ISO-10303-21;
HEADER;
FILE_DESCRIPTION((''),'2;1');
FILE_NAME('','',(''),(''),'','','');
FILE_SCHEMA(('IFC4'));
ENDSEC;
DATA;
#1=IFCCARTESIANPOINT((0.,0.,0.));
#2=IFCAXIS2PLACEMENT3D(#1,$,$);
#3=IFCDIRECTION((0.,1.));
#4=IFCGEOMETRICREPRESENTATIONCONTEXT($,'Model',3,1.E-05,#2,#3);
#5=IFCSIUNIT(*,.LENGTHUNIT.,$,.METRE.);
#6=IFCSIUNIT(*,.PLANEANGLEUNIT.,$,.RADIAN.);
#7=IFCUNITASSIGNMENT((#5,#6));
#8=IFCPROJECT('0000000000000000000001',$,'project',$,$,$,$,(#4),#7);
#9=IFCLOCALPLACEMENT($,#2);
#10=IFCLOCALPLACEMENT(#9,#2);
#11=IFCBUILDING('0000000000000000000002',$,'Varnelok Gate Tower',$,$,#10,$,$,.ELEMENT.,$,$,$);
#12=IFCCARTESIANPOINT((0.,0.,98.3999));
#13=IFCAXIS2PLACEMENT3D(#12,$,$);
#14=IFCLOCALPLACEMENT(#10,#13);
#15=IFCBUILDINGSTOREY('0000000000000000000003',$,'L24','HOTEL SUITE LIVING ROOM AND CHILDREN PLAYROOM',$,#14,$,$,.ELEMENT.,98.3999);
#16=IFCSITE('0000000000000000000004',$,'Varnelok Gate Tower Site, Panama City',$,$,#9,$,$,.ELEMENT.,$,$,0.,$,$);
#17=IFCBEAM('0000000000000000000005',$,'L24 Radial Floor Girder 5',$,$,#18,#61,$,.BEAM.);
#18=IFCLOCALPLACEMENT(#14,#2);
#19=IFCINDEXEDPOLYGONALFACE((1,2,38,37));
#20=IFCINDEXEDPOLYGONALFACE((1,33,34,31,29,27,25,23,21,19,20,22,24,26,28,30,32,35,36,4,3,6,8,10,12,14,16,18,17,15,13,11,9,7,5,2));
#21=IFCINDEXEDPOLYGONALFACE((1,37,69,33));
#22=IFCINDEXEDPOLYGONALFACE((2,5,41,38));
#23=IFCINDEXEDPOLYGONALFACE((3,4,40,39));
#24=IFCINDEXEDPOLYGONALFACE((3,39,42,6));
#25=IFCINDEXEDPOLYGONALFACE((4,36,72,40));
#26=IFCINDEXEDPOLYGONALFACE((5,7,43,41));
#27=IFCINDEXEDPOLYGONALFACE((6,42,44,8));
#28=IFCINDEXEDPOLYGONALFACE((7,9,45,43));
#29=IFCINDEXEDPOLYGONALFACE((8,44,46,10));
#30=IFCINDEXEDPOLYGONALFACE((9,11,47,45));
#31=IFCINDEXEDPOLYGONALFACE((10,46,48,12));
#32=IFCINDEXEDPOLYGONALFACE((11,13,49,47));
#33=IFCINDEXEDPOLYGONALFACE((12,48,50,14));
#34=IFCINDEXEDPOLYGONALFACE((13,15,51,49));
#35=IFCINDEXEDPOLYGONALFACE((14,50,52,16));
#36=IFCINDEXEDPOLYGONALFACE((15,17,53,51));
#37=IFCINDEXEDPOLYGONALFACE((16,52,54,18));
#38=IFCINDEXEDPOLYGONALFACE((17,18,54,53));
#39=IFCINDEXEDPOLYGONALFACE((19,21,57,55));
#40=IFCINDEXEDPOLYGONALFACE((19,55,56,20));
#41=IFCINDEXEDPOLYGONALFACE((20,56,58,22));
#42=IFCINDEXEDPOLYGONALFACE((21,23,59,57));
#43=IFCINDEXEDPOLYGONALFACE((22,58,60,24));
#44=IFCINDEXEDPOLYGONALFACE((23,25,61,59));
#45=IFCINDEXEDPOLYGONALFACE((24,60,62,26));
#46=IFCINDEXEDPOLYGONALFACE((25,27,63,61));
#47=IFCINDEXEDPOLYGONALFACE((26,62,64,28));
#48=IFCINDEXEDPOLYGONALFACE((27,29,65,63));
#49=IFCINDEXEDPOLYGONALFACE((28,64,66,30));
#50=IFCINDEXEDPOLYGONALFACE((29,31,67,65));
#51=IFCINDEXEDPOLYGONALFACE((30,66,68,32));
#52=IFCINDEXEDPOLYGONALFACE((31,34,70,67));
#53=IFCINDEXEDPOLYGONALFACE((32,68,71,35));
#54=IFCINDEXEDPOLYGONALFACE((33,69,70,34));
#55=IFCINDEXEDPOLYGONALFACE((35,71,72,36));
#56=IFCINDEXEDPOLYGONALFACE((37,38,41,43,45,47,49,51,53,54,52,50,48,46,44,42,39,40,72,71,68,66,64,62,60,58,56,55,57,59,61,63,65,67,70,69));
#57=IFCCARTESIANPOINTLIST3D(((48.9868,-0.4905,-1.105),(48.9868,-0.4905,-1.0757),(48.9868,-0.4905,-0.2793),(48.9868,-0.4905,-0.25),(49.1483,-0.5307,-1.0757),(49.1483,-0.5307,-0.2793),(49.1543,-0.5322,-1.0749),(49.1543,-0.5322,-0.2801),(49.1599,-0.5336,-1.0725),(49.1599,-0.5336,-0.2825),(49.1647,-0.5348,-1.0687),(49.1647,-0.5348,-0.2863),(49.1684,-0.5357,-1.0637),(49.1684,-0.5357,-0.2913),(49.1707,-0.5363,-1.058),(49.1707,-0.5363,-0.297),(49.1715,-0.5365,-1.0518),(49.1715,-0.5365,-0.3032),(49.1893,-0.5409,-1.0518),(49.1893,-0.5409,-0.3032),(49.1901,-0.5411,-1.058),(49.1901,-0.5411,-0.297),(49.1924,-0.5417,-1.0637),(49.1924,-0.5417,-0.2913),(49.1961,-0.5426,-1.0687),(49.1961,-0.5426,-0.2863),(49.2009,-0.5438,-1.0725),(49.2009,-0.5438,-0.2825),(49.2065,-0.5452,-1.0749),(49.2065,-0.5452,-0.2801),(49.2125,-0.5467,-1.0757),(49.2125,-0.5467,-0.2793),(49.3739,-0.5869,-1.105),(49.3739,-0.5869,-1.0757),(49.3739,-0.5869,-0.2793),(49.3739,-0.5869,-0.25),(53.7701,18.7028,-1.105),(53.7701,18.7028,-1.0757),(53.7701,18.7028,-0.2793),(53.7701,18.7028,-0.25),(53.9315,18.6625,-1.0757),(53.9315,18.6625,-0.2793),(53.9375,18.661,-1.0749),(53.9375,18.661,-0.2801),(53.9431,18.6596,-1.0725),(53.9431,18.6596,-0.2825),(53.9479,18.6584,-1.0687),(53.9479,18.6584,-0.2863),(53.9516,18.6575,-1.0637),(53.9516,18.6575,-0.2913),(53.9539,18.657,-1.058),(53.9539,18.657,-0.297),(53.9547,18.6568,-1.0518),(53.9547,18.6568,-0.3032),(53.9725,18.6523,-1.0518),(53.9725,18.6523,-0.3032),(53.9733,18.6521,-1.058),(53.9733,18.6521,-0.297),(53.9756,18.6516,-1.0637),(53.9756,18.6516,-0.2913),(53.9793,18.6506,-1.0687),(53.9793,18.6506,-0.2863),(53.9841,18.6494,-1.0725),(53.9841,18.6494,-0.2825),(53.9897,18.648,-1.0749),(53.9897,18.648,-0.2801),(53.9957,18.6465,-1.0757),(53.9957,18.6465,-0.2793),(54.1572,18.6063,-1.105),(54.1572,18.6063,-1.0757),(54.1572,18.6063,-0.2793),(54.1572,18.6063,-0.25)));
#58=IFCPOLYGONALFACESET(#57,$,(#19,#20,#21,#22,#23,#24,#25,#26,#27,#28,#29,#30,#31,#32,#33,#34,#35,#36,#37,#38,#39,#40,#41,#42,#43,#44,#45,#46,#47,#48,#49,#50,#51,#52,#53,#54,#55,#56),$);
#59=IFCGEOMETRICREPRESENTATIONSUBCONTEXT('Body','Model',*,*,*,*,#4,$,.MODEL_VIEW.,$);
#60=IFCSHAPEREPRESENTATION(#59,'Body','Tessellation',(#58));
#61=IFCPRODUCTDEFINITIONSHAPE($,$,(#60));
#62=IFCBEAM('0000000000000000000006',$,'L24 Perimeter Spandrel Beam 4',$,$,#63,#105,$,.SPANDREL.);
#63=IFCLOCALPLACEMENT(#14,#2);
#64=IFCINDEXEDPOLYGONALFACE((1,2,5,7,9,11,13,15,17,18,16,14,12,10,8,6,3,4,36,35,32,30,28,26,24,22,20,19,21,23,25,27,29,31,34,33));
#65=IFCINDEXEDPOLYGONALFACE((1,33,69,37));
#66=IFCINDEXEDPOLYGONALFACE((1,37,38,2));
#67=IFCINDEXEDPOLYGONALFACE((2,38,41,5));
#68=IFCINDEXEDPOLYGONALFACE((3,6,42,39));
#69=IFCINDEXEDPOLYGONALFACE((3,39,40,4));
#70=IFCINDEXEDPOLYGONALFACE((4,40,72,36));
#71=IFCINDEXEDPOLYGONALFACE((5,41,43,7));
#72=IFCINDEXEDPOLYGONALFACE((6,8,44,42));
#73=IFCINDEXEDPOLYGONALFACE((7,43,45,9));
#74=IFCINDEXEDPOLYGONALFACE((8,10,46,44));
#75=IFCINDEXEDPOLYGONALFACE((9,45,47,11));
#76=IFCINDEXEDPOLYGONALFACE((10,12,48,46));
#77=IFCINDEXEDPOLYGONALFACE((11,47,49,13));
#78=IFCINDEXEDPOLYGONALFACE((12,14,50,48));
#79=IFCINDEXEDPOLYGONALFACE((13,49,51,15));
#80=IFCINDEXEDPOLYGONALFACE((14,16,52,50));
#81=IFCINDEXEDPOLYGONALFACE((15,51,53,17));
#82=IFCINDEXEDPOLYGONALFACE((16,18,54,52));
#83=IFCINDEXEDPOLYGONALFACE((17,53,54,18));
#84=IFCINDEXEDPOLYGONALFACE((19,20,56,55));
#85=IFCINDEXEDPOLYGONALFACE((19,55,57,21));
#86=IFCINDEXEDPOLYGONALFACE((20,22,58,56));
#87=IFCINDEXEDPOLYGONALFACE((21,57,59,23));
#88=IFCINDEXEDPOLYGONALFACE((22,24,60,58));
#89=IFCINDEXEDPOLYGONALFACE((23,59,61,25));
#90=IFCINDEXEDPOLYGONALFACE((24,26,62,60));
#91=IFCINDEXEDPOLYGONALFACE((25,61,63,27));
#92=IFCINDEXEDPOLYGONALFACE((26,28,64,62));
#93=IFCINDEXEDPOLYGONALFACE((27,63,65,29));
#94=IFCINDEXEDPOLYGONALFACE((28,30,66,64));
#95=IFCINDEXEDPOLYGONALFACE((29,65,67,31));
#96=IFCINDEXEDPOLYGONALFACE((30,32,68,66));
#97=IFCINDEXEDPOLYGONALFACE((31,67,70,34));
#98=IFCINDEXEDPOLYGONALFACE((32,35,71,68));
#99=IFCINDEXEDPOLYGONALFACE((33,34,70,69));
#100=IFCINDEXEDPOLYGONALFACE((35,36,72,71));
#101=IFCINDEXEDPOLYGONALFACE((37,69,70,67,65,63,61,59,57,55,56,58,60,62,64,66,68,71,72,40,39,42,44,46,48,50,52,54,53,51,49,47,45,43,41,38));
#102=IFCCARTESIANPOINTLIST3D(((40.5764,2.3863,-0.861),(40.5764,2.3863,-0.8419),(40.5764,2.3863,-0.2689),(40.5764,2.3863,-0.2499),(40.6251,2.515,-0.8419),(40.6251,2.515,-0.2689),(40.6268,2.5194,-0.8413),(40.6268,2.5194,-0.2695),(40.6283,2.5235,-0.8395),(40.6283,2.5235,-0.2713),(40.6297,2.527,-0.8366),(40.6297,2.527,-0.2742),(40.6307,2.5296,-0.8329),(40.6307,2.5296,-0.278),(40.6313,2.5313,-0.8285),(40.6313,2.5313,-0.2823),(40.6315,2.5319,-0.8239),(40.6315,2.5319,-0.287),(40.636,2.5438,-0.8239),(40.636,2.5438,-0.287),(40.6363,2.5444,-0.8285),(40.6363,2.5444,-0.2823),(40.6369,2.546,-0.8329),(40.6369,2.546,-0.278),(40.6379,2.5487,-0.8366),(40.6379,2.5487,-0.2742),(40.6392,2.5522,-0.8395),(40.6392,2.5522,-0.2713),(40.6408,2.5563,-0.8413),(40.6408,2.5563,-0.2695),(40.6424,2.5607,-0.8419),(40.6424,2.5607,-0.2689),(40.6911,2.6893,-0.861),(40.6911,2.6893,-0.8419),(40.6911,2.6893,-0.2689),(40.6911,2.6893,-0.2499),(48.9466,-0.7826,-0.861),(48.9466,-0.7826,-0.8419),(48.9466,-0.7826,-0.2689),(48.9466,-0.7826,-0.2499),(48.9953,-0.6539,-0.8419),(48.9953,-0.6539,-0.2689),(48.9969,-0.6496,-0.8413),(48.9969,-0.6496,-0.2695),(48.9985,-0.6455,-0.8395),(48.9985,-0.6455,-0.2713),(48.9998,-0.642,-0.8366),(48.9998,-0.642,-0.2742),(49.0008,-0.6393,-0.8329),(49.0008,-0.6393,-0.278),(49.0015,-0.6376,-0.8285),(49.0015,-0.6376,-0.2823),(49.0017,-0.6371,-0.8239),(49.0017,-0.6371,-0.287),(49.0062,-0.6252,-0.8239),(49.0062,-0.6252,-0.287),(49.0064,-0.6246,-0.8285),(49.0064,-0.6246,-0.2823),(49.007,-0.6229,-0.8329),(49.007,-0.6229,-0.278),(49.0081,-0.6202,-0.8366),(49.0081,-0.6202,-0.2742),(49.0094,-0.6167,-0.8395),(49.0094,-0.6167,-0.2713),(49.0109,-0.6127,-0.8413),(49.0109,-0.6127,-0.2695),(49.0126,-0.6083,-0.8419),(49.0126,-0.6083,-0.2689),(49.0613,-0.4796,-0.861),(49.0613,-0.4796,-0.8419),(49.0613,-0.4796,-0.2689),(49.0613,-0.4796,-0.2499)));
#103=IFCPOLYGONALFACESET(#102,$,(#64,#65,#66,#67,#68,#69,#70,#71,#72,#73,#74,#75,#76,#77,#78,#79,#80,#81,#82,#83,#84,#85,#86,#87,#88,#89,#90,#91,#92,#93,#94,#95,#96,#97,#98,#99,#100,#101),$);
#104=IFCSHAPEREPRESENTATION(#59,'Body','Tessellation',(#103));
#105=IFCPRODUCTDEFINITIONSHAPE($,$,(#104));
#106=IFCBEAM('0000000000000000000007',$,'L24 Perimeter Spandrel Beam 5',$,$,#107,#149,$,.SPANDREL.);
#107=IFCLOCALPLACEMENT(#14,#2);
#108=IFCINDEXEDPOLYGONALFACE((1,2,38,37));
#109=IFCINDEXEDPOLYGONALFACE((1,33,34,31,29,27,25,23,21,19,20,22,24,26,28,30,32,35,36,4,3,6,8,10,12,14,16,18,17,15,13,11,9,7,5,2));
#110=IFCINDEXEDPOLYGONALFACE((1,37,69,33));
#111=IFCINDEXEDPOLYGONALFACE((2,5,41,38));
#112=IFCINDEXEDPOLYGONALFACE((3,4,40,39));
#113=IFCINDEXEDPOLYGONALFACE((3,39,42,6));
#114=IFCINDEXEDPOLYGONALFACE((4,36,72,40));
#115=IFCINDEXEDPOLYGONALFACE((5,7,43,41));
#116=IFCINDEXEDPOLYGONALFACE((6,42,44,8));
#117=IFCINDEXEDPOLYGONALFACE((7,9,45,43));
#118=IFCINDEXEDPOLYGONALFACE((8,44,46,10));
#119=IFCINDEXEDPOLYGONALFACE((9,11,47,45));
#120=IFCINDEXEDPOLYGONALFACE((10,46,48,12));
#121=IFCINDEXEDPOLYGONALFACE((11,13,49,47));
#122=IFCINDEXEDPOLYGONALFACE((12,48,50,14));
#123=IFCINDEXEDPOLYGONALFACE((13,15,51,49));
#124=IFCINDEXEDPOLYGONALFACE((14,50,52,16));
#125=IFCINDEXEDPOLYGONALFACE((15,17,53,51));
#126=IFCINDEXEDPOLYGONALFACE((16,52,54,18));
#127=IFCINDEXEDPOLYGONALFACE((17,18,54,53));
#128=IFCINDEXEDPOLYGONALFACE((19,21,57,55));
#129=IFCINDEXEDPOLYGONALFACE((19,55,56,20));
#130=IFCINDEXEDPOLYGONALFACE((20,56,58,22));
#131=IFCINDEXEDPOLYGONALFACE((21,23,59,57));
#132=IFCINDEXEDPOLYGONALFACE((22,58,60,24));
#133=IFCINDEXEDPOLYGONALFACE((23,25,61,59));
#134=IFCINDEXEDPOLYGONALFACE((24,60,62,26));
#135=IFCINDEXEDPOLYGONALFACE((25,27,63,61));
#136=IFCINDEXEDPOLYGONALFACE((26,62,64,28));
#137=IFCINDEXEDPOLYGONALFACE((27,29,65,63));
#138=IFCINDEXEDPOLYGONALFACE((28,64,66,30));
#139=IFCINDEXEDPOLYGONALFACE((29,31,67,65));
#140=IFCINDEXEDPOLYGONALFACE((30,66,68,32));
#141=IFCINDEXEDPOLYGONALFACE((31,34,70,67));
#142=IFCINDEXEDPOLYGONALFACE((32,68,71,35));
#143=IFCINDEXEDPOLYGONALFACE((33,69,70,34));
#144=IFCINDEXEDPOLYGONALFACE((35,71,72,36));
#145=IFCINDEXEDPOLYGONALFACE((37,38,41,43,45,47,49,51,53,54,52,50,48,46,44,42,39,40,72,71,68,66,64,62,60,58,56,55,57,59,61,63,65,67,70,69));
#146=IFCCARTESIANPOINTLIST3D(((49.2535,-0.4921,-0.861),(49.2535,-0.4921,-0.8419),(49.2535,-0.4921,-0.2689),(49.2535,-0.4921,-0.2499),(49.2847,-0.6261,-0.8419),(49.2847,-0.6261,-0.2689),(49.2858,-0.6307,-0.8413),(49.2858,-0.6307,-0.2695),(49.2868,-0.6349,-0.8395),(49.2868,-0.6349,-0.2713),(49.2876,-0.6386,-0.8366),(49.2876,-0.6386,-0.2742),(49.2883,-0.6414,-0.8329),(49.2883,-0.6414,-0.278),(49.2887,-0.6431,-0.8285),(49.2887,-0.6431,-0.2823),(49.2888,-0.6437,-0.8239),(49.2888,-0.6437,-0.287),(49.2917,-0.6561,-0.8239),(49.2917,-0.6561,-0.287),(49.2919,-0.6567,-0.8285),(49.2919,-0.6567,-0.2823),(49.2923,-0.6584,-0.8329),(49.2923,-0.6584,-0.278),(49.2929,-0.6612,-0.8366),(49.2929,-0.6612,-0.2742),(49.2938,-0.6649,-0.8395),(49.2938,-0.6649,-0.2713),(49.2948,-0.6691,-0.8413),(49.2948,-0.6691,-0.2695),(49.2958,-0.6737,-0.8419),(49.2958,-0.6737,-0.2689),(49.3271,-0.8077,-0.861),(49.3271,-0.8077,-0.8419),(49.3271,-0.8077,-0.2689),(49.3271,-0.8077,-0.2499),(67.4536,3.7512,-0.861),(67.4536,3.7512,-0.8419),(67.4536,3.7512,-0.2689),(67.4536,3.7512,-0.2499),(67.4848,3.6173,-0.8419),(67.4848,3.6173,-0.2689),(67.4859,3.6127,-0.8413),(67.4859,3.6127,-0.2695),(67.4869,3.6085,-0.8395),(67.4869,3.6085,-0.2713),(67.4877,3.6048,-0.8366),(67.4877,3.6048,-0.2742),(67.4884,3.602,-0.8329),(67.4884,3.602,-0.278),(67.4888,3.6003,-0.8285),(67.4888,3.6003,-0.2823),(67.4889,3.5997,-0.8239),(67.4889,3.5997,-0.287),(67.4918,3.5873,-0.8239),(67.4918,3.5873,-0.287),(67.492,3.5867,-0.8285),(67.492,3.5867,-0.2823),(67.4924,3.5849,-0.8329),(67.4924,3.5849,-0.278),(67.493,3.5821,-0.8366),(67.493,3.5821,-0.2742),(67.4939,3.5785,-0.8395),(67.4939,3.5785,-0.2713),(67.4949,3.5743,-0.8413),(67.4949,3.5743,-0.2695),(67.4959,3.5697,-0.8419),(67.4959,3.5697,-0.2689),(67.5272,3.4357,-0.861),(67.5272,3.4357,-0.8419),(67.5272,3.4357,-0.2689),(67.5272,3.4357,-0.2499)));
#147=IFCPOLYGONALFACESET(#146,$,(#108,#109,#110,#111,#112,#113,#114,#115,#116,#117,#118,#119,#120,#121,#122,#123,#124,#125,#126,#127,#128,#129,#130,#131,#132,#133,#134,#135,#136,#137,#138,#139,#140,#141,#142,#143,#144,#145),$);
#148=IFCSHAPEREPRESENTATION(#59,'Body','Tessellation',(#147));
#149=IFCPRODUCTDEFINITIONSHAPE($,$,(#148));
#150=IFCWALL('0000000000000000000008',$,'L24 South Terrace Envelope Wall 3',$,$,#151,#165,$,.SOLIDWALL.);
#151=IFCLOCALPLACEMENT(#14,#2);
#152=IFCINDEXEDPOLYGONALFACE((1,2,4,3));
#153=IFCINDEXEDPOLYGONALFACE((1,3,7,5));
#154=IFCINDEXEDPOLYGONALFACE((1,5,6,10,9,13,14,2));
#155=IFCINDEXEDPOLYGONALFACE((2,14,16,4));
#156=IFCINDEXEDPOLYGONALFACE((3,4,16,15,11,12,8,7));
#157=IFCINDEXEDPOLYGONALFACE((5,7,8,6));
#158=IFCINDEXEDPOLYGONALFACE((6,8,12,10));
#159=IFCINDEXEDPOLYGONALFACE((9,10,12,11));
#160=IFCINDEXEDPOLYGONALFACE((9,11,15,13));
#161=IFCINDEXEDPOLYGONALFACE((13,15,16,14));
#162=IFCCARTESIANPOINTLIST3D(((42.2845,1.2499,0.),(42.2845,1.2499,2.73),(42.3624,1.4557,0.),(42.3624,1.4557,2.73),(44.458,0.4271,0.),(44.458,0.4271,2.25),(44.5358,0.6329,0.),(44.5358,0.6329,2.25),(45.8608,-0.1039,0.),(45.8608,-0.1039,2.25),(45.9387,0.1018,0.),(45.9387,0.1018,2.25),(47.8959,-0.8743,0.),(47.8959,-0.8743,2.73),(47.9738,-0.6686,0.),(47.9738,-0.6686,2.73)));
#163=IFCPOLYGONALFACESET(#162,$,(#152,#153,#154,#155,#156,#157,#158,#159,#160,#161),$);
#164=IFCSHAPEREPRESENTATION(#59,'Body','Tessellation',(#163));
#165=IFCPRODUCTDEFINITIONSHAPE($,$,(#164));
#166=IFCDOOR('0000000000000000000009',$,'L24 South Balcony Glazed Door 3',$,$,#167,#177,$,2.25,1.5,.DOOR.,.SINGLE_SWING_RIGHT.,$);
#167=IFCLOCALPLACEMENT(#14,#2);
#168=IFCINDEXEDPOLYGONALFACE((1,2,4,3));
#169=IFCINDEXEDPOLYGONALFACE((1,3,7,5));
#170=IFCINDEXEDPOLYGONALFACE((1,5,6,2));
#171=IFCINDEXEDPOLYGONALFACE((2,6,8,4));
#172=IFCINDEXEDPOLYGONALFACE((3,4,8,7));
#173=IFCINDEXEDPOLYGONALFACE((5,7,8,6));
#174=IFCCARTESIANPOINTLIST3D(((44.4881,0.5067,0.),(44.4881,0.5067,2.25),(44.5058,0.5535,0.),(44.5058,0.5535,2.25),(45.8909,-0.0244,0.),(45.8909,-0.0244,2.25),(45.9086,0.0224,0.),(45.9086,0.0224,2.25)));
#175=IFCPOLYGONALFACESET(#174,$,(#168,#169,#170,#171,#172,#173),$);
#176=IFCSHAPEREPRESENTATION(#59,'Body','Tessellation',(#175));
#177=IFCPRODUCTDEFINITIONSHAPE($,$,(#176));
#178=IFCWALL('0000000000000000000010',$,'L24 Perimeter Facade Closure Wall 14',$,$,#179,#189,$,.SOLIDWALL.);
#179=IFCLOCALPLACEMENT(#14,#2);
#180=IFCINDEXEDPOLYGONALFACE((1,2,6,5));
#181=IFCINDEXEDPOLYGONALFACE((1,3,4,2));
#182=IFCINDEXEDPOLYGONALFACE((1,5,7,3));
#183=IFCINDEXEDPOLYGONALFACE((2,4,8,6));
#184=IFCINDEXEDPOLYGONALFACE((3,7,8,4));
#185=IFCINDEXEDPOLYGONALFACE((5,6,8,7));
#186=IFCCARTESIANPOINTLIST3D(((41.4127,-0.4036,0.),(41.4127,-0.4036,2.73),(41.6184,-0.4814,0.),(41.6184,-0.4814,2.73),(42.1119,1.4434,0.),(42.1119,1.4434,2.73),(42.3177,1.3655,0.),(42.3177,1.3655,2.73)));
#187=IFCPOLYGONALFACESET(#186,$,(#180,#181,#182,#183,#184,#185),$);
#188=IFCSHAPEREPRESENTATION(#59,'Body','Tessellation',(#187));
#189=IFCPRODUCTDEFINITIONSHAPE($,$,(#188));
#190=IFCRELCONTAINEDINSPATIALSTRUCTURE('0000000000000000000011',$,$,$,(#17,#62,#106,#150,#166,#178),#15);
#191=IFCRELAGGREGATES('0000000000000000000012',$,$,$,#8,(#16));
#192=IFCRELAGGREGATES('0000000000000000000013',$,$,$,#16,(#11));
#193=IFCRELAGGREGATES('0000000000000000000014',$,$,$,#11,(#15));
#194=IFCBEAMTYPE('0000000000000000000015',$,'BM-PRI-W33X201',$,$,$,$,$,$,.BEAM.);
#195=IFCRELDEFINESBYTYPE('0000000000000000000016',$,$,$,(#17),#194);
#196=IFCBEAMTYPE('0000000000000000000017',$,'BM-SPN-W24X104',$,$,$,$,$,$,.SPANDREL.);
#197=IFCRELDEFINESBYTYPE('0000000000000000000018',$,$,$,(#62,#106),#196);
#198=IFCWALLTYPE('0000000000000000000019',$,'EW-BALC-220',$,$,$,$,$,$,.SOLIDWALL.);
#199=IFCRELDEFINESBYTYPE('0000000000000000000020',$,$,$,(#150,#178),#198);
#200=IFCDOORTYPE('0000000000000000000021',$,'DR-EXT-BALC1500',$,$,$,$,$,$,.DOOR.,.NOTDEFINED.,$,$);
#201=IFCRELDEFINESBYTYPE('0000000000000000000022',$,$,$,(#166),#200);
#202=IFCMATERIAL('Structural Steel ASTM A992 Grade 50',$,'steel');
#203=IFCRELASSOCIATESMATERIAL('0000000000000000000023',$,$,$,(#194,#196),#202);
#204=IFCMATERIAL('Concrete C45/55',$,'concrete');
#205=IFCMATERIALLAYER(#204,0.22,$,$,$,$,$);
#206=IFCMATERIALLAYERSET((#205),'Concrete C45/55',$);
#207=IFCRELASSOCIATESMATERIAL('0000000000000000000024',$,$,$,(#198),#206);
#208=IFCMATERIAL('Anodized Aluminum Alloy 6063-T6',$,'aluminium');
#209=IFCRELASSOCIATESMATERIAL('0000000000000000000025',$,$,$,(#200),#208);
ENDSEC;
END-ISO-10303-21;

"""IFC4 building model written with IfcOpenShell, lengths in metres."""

from ifc_helpers import new_model, si_unit, direction, frame, frame_2d, origin, origin_2d, place, context, subcontext, project, spatial, rectangle, i_section, extrude, material, layer, layer_set, material_profile, profile_set, type_object, element, fill, save


model = new_model("IFC4")

# Units and contexts
model_context = context("Model", 3, precision=1e-05, world=origin(), true_north=direction((0.0, 1.0)))
body_context = subcontext(model_context, "Body", "Model", "MODEL_VIEW")
ifc_project = project(units=[si_unit("LENGTHUNIT", "METRE"), si_unit("PLANEANGLEUNIT", "RADIAN")], contexts=[model_context])

# Site, building, storey
site_placement = place(None, origin())
site = spatial("IfcSite", under=ifc_project, at=site_placement, Name="Varnelok Gate Tower Site, Panama City", CompositionType="ELEMENT", RefElevation=0.0)
building_placement = place(site_placement, origin())
building = spatial("IfcBuilding", under=site, at=building_placement, Name="Varnelok Gate Tower", CompositionType="ELEMENT")
storey_placement = place(building_placement, frame((0.0, 0.0, 98.3999)))
storey = spatial("IfcBuildingStorey", under=building, at=storey_placement, Name="L24", Description="HOTEL SUITE LIVING ROOM AND CHILDREN PLAYROOM", CompositionType="ELEMENT", Elevation=98.3999)

# Shared definitions
ifc_material_1 = material(Name="Structural Steel ASTM A992 Grade 50", Category="steel")

# Beams
ifc_material_profile_1 = material_profile(ifc_material_1, i_section(OverallWidth=0.3989, OverallDepth=0.855, WebThickness=0.0183, FlangeThickness=0.0293, FilletRadius=0.0239, at=origin_2d()), Name="W33X201")
ifc_profile_set_1 = profile_set([ifc_material_profile_1], Name="Structural Steel ASTM A992 Grade 50")
beam_type_1 = type_object("IfcBeamType", Name="BM-PRI-W33X201", PredefinedType="BEAM", material=ifc_profile_set_1)
beam_1_placement = place(storey_placement, frame((53.9636, 18.6545, -0.6775), z_axis=(-0.241818, -0.970322, 0.0), x_axis=(0.970322, -0.241818, 0.0)))
element("IfcBeam", 1, at=beam_1_placement, inside=storey, type_object=beam_type_1, Name="L24 Radial Floor Girder 5", PredefinedType="BEAM", context=body_context, shape_type="SweptSolid", body=[
    extrude(i_section(OverallWidth=0.3989, OverallDepth=0.855, WebThickness=0.0183, FlangeThickness=0.0293, FilletRadius=0.0239, at=origin_2d()), origin(), (0.0, 0.0, 1.0), 19.7803),
])
ifc_material_profile_2 = material_profile(ifc_material_1, i_section(OverallWidth=0.324, OverallDepth=0.6111, WebThickness=0.0127, FlangeThickness=0.019, FilletRadius=0.0181, at=origin_2d()), Name="W24X104")
ifc_profile_set_2 = profile_set([ifc_material_profile_2], Name="Structural Steel ASTM A992 Grade 50")
beam_type_2 = type_object("IfcBeamType", Name="BM-SPN-W24X104", PredefinedType="SPANDREL", material=ifc_profile_set_2)
beam_2_placement = place(storey_placement, frame((40.6338, 2.5378, -0.5554), z_axis=(0.935217, -0.354075, 0.0), x_axis=(0.354075, 0.935217, 0.0)))
element("IfcBeam", 2, at=beam_2_placement, inside=storey, type_object=beam_type_2, Name="L24 Perimeter Spandrel Beam 4", PredefinedType="SPANDREL", context=body_context, shape_type="SweptSolid", body=[
    extrude(i_section(OverallWidth=0.324, OverallDepth=0.6111, WebThickness=0.0127, FlangeThickness=0.019, FilletRadius=0.0181, at=origin_2d()), origin(), (0.0, 0.0, 1.0), 8.95),
])
beam_3_placement = place(storey_placement, frame((49.2903, -0.6499, -0.5554), z_axis=(0.97388, 0.227062, 0.0), x_axis=(-0.227062, 0.97388, 0.0)))
element("IfcBeam", 3, at=beam_3_placement, inside=storey, type_object=beam_type_2, Name="L24 Perimeter Spandrel Beam 5", PredefinedType="SPANDREL", context=body_context, shape_type="SweptSolid", body=[
    extrude(i_section(OverallWidth=0.324, OverallDepth=0.6111, WebThickness=0.0127, FlangeThickness=0.019, FilletRadius=0.0181, at=origin_2d()), origin(), (0.0, 0.0, 1.0), 18.6882),
])

# Wall, opening, door
ifc_material_2 = material(Name="Concrete C45/55", Category="concrete")
ifc_layer_1 = layer(ifc_material_2, 0.22)
ifc_layer_set_1 = layer_set([ifc_layer_1], Name="Concrete C45/55")
wall_type_1 = type_object("IfcWallType", Name="EW-BALC-220", PredefinedType="SOLIDWALL", material=ifc_layer_set_1)
wall_1_placement = place(storey_placement, frame((47.9348, -0.7715, 0.0), z_axis=(0.0, 0.0, 1.0), x_axis=(-0.935228, 0.354047, 0.0)))
wall_1 = element("IfcWall", 4, at=wall_1_placement, inside=storey, type_object=wall_type_1, Name="L24 South Terrace Envelope Wall 3", PredefinedType="SOLIDWALL", context=body_context, shape_type="SweptSolid", body=[
    extrude(rectangle(XDim=6.0, YDim=0.22, at=frame_2d((3.0, 0.0))), origin(), (0.0, 0.0, 1.0), 2.73),
])
opening_1_placement = place(wall_1_placement, frame((2.176, 0.0, 0.0)))
opening_1 = element("IfcOpeningElement", 5, at=opening_1_placement, cuts=wall_1, PredefinedType="OPENING", context=body_context, shape_type="SweptSolid", body=[
    extrude(rectangle(XDim=1.5, YDim=2.25, at=frame_2d((0.75, 1.125))), frame((0.0, 0.1199, 0.0), z_axis=(0.0, -1.0, 0.0), x_axis=(1.0, 0.0, 0.0)), (0.0, 0.0, 1.0), 0.24),
])
ifc_material_3 = material(Name="Anodized Aluminum Alloy 6063-T6", Category="aluminium")
door_type_1 = type_object("IfcDoorType", Name="DR-EXT-BALC1500", OperationType="NOTDEFINED", PredefinedType="DOOR", material=ifc_material_3)
door_1_placement = place(opening_1_placement, origin())
door_1 = element("IfcDoor", 6, at=door_1_placement, inside=storey, type_object=door_type_1, Name="L24 South Balcony Glazed Door 3", OperationType="SINGLE_SWING_RIGHT", OverallHeight=2.25, OverallWidth=1.5, PredefinedType="DOOR", context=body_context, shape_type="SweptSolid", body=[
    extrude(rectangle(XDim=1.5, YDim=2.25, at=frame_2d((0.75, 1.125))), frame((0.0, 0.0249, 0.0), z_axis=(0.0, -1.0, 0.0), x_axis=(1.0, 0.0, 0.0)), (0.0, 0.0, 1.0), 0.05),
])
fill(opening_1, door_1)

# Wall
wall_2_placement = place(storey_placement, frame((41.5156, -0.4424, 0.0), z_axis=(0.0, 0.0, 1.0), x_axis=(0.354062, 0.935222, 0.0)))
element("IfcWall", 7, at=wall_2_placement, inside=storey, type_object=wall_type_1, Name="L24 Perimeter Facade Closure Wall 14", PredefinedType="SOLIDWALL", context=body_context, shape_type="SweptSolid", body=[
    extrude(rectangle(XDim=1.9749, YDim=0.22, at=frame_2d((0.9873, 0.0))), origin(), (0.0, 0.0, 1.0), 2.73),
])

save(model, "model.ifc")
